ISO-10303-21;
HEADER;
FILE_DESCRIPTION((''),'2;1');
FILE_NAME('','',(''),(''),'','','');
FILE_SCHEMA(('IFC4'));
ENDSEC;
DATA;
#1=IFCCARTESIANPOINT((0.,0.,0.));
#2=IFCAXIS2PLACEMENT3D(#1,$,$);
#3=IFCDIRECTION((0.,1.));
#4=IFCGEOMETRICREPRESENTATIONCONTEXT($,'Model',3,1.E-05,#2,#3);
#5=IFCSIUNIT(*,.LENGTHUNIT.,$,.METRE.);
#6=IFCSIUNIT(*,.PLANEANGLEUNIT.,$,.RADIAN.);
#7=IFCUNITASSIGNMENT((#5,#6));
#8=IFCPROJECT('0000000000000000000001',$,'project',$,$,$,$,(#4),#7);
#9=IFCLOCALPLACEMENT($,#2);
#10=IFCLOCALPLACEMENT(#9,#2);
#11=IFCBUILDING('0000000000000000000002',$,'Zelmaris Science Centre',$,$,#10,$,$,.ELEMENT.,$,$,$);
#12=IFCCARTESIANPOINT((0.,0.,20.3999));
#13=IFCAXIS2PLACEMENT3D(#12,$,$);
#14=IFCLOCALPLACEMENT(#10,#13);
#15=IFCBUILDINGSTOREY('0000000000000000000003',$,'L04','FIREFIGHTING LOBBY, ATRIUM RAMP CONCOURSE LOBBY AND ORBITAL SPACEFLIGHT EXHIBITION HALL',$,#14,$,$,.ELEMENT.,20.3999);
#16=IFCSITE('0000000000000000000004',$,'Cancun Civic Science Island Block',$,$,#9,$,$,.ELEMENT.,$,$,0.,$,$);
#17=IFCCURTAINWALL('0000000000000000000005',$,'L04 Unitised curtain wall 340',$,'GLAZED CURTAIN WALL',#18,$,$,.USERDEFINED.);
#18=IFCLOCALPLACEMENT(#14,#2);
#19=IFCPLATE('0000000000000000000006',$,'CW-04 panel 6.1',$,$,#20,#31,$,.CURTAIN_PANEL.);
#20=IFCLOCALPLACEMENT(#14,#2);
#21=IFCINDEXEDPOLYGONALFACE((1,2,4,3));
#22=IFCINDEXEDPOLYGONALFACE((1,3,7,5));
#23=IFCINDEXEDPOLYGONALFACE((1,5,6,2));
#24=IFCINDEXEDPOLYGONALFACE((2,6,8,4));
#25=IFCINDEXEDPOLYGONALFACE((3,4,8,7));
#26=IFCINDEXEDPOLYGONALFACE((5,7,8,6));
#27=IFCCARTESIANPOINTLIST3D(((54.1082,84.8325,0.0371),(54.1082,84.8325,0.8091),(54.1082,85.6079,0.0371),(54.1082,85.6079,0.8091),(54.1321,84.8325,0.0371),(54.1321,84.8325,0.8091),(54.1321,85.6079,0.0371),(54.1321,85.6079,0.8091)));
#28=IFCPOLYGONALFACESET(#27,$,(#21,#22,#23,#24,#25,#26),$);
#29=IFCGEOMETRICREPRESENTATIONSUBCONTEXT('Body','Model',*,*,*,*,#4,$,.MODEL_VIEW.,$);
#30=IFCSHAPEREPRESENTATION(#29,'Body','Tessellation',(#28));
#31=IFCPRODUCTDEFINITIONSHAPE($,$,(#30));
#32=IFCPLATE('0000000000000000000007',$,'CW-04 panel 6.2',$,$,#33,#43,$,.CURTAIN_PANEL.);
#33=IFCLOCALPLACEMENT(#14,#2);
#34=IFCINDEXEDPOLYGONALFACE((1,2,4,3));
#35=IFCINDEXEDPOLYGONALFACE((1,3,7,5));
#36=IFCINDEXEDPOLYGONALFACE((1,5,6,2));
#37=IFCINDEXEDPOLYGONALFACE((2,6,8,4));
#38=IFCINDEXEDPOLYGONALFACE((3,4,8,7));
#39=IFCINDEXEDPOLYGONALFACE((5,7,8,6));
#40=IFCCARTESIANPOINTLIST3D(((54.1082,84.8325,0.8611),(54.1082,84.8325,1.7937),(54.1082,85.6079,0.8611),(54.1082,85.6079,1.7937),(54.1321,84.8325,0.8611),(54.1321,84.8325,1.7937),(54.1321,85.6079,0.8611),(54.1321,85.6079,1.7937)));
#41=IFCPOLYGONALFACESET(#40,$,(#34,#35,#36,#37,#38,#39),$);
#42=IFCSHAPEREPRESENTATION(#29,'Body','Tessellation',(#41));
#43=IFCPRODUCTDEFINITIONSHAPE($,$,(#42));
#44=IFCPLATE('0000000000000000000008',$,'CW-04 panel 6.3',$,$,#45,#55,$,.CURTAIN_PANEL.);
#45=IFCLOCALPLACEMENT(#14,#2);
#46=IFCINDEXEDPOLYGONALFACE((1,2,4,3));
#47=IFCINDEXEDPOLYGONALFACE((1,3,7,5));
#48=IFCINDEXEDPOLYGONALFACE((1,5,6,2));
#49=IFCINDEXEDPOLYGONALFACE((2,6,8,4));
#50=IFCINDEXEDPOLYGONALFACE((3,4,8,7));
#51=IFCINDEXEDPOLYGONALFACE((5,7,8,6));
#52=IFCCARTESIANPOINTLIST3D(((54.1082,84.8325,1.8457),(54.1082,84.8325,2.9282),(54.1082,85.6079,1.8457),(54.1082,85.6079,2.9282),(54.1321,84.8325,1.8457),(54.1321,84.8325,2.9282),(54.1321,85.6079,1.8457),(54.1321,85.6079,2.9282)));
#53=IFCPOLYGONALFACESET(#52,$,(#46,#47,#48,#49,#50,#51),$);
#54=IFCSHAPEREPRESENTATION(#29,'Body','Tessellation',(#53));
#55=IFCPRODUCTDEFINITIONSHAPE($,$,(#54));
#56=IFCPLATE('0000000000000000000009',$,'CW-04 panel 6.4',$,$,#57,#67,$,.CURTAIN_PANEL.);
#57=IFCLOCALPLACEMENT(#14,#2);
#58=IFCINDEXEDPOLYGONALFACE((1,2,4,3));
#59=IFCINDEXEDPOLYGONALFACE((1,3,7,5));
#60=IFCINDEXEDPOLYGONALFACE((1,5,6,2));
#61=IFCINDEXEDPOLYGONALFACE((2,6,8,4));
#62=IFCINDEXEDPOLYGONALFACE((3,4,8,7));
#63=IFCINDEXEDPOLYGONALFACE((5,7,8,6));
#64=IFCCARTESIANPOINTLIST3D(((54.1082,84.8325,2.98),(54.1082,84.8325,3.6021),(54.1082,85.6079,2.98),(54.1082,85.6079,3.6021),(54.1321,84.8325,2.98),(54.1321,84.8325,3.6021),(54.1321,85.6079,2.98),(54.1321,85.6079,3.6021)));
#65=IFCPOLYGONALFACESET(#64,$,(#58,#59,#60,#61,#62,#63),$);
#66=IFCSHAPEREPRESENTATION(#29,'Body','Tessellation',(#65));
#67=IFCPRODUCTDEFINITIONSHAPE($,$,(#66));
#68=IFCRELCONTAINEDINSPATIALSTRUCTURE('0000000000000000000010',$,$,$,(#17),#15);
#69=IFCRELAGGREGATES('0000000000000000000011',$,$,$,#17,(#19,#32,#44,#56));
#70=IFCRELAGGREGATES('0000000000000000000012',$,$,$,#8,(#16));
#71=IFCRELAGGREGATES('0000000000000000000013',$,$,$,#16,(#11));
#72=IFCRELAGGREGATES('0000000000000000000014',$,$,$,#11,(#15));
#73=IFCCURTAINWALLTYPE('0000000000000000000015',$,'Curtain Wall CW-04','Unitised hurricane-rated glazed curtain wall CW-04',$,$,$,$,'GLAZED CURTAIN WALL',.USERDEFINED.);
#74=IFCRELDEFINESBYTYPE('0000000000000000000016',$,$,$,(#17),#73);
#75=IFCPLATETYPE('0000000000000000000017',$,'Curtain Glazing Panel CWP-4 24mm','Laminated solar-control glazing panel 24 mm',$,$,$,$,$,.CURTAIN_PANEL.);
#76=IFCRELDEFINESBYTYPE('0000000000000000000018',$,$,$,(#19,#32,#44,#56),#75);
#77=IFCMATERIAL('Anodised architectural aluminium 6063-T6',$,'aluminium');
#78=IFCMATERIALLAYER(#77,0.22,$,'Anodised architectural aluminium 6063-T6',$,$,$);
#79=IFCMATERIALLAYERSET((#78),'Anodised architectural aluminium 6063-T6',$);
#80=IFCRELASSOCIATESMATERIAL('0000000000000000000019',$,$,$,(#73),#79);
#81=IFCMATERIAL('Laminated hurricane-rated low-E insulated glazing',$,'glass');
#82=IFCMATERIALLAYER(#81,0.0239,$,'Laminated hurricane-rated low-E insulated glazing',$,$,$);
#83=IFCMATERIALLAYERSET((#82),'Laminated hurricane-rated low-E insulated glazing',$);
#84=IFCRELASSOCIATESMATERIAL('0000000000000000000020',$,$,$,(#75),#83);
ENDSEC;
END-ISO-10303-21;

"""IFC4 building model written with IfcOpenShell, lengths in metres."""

from ifc_helpers import new_model, si_unit, direction, frame, origin, origin_2d, place, context, subcontext, project, spatial, rectangle, extrude, material, layer, layer_set, type_object, element, aggregate, save


model = new_model("IFC4")

# Units and contexts
model_context = context("Model", 3, precision=1e-05, world=origin(), true_north=direction((0.0, 1.0)))
body_context = subcontext(model_context, "Body", "Model", "MODEL_VIEW")
ifc_project = project(units=[si_unit("LENGTHUNIT", "METRE"), si_unit("PLANEANGLEUNIT", "RADIAN")], contexts=[model_context])

# Site, building, storey
site_placement = place(None, origin())
site = spatial("IfcSite", under=ifc_project, at=site_placement, Name="Cancun Civic Science Island Block", CompositionType="ELEMENT", RefElevation=0.0)
building_placement = place(site_placement, origin())
building = spatial("IfcBuilding", under=site, at=building_placement, Name="Zelmaris Science Centre", CompositionType="ELEMENT")
storey_placement = place(building_placement, frame((0.0, 0.0, 20.3999)))
storey = spatial("IfcBuildingStorey", under=building, at=storey_placement, Name="L04", Description="FIREFIGHTING LOBBY, ATRIUM RAMP CONCOURSE LOBBY AND ORBITAL SPACEFLIGHT EXHIBITION HALL", CompositionType="ELEMENT", Elevation=20.3999)

# Curtain wall
ifc_material_1 = material(Name="Anodised architectural aluminium 6063-T6", Category="aluminium")
ifc_layer_1 = layer(ifc_material_1, 0.22, Name="Anodised architectural aluminium 6063-T6")
ifc_layer_set_1 = layer_set([ifc_layer_1], Name="Anodised architectural aluminium 6063-T6")
curtain_wall_type_1 = type_object("IfcCurtainWallType", Name="Curtain Wall CW-04", Description="Unitised hurricane-rated glazed curtain wall CW-04", ElementType="GLAZED CURTAIN WALL", PredefinedType="USERDEFINED", material=ifc_layer_set_1)
curtain_wall_1_placement = place(storey_placement, origin())
curtain_wall_1 = element("IfcCurtainWall", 1, at=curtain_wall_1_placement, inside=storey, type_object=curtain_wall_type_1, Name="L04 Unitised curtain wall 340", ObjectType="GLAZED CURTAIN WALL", PredefinedType="USERDEFINED")

# Plates
ifc_material_2 = material(Name="Laminated hurricane-rated low-E insulated glazing", Category="glass")
ifc_layer_2 = layer(ifc_material_2, 0.0239, Name="Laminated hurricane-rated low-E insulated glazing")
ifc_layer_set_2 = layer_set([ifc_layer_2], Name="Laminated hurricane-rated low-E insulated glazing")
plate_type_1 = type_object("IfcPlateType", Name="Curtain Glazing Panel CWP-4 24mm", Description="Laminated solar-control glazing panel 24 mm", PredefinedType="CURTAIN_PANEL", material=ifc_layer_set_2)
plate_1_placement = place(storey_placement, frame((54.1201, 85.2202, 0.0371), z_axis=(0.0, 0.0, 1.0), x_axis=(0.0, 1.0, 0.0)))
plate_1 = element("IfcPlate", 2, at=plate_1_placement, type_object=plate_type_1, Name="CW-04 panel 6.1", PredefinedType="CURTAIN_PANEL", context=body_context, shape_type="SweptSolid", body=[
    extrude(rectangle(XDim=0.7754, YDim=0.0239, at=origin_2d()), origin(), (0.0, 0.0, 1.0), 0.772),
])
plate_2_placement = place(storey_placement, frame((54.1201, 85.2202, 0.8611), z_axis=(0.0, 0.0, 1.0), x_axis=(0.0, 1.0, 0.0)))
plate_2 = element("IfcPlate", 3, at=plate_2_placement, type_object=plate_type_1, Name="CW-04 panel 6.2", PredefinedType="CURTAIN_PANEL", context=body_context, shape_type="SweptSolid", body=[
    extrude(rectangle(XDim=0.7754, YDim=0.0239, at=origin_2d()), origin(), (0.0, 0.0, 1.0), 0.9326),
])
plate_3_placement = place(storey_placement, frame((54.1201, 85.2202, 1.8457), z_axis=(0.0, 0.0, 1.0), x_axis=(0.0, 1.0, 0.0)))
plate_3 = element("IfcPlate", 4, at=plate_3_placement, type_object=plate_type_1, Name="CW-04 panel 6.3", PredefinedType="CURTAIN_PANEL", context=body_context, shape_type="SweptSolid", body=[
    extrude(rectangle(XDim=0.7754, YDim=0.0239, at=origin_2d()), origin(), (0.0, 0.0, 1.0), 1.0825),
])
plate_4_placement = place(storey_placement, frame((54.1201, 85.2202, 2.98), z_axis=(0.0, 0.0, 1.0), x_axis=(0.0, 1.0, 0.0)))
plate_4 = element("IfcPlate", 5, at=plate_4_placement, type_object=plate_type_1, Name="CW-04 panel 6.4", PredefinedType="CURTAIN_PANEL", context=body_context, shape_type="SweptSolid", body=[
    extrude(rectangle(XDim=0.7754, YDim=0.0239, at=origin_2d()), origin(), (0.0, 0.0, 1.0), 0.6221),
])
aggregate(curtain_wall_1, [plate_1, plate_2, plate_3, plate_4])

save(model, "model.ifc")
